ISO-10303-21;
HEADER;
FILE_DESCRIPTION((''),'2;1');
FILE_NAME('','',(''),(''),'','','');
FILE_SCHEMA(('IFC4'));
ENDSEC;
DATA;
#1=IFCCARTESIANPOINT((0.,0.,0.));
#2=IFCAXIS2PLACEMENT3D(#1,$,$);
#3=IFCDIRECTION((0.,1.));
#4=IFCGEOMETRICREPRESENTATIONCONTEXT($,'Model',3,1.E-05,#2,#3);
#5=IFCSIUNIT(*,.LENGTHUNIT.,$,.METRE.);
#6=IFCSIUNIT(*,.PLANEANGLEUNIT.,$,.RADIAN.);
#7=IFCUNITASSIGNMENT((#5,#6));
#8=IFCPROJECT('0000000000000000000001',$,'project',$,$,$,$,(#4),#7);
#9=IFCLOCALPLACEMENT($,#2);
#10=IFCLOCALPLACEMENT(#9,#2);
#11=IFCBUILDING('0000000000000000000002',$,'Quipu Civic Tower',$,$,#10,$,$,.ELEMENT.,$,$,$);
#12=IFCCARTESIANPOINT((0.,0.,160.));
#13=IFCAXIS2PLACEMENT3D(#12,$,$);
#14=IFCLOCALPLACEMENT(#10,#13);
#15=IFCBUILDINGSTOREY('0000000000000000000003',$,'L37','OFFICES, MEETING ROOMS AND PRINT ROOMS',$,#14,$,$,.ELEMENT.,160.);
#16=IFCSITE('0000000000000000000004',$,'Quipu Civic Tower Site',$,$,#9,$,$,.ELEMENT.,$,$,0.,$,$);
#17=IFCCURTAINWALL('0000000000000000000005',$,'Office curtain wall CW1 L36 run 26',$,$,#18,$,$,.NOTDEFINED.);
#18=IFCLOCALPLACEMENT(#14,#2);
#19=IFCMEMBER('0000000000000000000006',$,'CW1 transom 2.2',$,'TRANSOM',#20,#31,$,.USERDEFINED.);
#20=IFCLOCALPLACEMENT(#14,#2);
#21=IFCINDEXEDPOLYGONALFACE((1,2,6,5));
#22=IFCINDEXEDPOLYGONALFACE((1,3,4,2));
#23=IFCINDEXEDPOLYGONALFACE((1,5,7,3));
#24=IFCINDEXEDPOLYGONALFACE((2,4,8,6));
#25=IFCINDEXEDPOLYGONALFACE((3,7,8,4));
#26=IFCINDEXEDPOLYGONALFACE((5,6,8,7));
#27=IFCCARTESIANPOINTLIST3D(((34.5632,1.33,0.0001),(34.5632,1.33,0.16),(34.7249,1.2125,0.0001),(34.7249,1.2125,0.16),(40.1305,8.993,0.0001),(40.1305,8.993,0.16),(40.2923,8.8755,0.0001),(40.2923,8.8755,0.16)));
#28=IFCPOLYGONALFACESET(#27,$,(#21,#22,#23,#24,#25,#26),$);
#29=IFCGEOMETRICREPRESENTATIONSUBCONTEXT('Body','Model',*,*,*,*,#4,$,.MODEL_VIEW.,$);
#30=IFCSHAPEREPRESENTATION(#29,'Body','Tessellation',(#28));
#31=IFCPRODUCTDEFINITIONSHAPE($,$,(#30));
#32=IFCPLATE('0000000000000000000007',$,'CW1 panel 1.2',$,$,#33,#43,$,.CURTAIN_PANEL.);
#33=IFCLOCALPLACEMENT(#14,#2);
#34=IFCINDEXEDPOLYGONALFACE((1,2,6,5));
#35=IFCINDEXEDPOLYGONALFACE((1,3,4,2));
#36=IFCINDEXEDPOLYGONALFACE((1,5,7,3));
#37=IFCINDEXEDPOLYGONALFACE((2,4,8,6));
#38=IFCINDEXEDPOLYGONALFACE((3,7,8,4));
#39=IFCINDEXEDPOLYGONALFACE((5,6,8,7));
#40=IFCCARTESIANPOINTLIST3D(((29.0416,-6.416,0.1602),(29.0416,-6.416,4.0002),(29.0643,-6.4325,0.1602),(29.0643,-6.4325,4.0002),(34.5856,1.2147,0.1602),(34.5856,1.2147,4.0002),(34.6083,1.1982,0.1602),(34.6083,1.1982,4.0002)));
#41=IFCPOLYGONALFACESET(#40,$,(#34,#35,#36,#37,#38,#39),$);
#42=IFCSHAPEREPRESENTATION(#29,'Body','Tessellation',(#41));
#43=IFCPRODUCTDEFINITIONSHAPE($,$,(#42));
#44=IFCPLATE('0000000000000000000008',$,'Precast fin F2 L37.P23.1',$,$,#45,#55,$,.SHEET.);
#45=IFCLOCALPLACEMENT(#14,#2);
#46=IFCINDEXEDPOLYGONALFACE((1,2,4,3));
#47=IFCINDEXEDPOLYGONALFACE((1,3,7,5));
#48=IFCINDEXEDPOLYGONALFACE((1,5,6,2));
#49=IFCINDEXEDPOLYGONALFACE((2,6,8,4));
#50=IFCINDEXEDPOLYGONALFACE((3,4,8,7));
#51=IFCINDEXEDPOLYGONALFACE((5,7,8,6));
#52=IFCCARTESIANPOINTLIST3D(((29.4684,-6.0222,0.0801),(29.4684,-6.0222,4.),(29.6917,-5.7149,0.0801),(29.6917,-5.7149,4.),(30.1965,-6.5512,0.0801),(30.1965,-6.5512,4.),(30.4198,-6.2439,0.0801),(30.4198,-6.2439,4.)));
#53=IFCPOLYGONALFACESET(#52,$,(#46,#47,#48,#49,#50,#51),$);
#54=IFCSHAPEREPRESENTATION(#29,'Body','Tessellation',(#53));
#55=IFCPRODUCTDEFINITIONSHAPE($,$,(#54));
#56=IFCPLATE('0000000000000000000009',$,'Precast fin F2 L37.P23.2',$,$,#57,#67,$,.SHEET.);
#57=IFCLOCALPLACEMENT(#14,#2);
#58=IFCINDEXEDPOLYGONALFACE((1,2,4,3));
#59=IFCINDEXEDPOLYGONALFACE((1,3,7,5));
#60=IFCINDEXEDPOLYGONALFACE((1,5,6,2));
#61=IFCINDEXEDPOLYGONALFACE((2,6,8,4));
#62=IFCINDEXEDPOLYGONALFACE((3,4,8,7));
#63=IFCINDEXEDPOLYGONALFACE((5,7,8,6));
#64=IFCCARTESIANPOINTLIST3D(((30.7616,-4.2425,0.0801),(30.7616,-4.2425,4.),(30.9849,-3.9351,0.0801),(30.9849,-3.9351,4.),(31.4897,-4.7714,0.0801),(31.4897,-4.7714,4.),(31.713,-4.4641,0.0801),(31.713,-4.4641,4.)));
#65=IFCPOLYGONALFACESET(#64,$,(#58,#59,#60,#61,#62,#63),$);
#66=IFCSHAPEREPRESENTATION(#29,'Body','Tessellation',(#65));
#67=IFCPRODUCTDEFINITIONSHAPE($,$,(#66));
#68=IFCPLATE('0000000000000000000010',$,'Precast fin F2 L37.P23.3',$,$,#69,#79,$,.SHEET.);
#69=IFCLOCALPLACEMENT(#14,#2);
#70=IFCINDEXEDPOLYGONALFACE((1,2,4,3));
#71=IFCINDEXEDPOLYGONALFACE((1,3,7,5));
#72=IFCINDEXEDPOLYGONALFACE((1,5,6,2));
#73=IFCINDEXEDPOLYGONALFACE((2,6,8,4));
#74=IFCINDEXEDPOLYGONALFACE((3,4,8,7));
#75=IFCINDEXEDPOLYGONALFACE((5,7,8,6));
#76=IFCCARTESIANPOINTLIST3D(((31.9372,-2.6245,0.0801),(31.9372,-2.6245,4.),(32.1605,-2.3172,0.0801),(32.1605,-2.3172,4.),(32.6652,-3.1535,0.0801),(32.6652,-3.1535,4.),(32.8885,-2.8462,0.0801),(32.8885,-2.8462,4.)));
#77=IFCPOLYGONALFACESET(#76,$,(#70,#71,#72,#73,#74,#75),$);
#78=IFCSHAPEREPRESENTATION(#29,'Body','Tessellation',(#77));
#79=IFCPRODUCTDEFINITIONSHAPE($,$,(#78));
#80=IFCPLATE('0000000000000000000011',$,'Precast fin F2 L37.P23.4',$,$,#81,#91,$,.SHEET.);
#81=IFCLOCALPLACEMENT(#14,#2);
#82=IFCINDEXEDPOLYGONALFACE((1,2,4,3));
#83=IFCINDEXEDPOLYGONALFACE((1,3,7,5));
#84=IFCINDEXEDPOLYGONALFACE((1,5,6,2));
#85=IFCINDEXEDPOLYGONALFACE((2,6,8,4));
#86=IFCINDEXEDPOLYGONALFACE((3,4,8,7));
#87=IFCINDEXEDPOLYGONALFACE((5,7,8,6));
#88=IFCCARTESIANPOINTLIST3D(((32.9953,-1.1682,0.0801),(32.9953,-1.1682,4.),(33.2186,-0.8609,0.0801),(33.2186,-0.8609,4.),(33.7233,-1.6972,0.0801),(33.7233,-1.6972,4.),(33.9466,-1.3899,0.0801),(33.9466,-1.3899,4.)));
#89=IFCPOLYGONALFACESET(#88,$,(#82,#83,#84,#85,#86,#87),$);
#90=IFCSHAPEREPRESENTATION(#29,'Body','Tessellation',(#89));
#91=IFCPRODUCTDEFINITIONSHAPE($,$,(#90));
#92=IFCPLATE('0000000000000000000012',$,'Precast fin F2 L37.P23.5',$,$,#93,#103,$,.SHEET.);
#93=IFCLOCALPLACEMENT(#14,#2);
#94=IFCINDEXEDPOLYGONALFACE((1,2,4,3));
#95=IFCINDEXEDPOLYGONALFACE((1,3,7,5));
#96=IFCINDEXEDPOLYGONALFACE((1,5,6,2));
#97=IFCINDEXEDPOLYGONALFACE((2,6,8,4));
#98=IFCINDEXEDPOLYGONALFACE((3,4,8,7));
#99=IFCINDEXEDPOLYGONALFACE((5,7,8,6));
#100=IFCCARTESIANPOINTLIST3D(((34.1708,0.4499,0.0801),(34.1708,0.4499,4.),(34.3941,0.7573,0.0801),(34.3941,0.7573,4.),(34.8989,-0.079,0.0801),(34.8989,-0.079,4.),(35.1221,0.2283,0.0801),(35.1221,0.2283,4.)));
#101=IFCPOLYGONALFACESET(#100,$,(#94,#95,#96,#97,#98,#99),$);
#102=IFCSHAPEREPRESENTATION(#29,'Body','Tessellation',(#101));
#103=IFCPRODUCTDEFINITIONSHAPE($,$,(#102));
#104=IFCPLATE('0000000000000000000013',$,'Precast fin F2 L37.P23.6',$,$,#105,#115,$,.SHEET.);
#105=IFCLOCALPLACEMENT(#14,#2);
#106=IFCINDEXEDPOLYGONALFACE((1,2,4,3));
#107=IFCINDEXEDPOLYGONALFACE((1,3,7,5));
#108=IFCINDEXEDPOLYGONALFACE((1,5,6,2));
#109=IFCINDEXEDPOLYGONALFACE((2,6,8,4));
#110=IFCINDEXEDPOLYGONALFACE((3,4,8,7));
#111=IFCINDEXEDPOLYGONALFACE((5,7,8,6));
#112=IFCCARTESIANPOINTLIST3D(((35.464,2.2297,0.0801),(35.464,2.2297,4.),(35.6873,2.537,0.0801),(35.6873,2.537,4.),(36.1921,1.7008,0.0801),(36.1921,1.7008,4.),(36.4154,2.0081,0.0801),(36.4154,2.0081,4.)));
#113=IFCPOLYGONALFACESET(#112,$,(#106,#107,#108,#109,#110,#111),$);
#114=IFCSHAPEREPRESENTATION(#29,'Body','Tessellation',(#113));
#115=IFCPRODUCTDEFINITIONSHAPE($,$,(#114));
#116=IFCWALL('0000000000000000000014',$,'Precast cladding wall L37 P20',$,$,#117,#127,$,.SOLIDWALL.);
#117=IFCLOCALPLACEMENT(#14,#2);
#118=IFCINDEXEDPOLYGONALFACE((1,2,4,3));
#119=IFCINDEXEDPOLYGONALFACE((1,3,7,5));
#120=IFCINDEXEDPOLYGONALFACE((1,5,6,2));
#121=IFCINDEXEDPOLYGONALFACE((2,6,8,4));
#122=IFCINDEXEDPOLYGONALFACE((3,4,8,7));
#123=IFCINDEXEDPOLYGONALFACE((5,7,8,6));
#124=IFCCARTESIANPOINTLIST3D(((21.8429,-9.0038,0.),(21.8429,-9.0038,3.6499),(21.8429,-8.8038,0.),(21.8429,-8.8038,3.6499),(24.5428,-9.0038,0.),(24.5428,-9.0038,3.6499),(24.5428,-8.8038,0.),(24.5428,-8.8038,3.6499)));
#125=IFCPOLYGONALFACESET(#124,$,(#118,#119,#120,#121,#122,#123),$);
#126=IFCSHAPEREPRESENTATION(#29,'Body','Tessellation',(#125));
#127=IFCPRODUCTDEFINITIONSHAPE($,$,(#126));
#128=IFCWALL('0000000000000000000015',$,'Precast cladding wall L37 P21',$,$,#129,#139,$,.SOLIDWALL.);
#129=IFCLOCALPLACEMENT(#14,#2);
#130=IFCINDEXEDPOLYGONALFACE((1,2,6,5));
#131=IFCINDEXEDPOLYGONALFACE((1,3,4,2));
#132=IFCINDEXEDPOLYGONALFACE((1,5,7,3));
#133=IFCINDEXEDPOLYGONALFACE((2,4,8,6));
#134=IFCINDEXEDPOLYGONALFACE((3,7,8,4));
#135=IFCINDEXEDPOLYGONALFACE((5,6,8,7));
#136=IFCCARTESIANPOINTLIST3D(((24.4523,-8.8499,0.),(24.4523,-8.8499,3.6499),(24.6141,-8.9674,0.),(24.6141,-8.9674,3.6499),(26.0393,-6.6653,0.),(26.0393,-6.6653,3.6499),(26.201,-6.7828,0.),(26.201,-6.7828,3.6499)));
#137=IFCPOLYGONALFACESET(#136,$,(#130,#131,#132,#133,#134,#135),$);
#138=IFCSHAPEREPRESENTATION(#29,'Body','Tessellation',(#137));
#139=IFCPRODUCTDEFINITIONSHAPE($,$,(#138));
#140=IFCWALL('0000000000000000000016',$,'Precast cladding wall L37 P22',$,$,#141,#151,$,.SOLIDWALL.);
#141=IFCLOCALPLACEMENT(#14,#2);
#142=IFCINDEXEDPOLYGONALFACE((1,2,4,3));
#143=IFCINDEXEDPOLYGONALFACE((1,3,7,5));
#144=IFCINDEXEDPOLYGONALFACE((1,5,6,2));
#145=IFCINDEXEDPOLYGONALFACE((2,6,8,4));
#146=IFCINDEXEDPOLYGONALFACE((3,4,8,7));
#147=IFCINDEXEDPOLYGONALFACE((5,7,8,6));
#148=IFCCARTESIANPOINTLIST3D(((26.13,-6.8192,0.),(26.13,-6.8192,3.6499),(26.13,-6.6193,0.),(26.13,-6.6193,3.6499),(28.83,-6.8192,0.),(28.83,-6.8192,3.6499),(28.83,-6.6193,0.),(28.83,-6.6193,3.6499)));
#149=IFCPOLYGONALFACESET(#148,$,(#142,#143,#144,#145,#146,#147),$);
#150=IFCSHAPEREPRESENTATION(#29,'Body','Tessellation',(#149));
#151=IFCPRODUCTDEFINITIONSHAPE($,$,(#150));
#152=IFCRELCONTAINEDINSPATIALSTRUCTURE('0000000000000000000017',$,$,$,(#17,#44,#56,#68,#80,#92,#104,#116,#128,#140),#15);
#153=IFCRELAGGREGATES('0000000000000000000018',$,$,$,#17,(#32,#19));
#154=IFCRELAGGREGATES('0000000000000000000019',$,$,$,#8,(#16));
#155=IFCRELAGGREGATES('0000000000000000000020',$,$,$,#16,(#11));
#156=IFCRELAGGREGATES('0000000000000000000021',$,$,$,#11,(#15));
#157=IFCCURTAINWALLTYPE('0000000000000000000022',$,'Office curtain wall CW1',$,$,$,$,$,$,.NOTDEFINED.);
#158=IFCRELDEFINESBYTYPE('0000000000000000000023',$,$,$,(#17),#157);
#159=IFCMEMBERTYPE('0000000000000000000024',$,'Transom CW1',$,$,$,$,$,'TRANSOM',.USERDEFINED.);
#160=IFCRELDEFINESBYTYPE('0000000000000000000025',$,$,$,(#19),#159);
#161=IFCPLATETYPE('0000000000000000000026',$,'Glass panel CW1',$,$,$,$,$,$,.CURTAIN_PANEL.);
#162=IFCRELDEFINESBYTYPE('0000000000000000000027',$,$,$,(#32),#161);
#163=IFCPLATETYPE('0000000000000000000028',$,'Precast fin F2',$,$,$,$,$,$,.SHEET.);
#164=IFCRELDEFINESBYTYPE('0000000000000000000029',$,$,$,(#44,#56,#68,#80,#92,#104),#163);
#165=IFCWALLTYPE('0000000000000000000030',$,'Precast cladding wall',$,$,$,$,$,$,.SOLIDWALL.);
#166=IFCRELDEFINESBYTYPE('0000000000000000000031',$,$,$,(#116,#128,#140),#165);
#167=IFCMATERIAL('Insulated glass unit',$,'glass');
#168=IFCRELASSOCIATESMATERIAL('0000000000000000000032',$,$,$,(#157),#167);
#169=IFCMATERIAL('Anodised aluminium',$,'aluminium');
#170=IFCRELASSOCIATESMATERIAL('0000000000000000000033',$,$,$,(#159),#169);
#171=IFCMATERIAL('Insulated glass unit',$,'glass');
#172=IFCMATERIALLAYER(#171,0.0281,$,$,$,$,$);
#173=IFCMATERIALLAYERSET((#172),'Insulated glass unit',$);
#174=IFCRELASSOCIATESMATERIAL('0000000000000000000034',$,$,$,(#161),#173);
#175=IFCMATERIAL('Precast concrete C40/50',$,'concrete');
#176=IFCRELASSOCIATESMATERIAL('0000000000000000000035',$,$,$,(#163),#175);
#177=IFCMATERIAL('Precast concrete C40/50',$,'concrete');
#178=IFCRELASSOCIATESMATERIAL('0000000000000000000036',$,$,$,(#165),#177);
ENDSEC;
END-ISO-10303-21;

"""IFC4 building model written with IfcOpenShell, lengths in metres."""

from ifc_helpers import new_model, si_unit, direction, frame, frame_2d, origin, origin_2d, place, context, subcontext, project, spatial, rectangle, extrude, material, layer, layer_set, material_profile, profile_set, type_object, element, aggregate, save


model = new_model("IFC4")

# Units and contexts
model_context = context("Model", 3, precision=1e-05, world=origin(), true_north=direction((0.0, 1.0)))
body_context = subcontext(model_context, "Body", "Model", "MODEL_VIEW")
ifc_project = project(units=[si_unit("LENGTHUNIT", "METRE"), si_unit("PLANEANGLEUNIT", "RADIAN")], contexts=[model_context])

# Site, building, storey
site_placement = place(None, origin())
site = spatial("IfcSite", under=ifc_project, at=site_placement, Name="Quipu Civic Tower Site", CompositionType="ELEMENT", RefElevation=0.0)
building_placement = place(site_placement, origin())
building = spatial("IfcBuilding", under=site, at=building_placement, Name="Quipu Civic Tower", CompositionType="ELEMENT")
storey_placement = place(building_placement, frame((0.0, 0.0, 160.0)))
storey = spatial("IfcBuildingStorey", under=building, at=storey_placement, Name="L37", Description="OFFICES, MEETING ROOMS AND PRINT ROOMS", CompositionType="ELEMENT", Elevation=160.0)

# Curtain wall
ifc_material_1 = material(Name="Insulated glass unit", Category="glass")
curtain_wall_type = type_object("IfcCurtainWallType", Name="Office curtain wall CW1", PredefinedType="NOTDEFINED", material=ifc_material_1)
curtain_wall_placement = place(storey_placement, origin())
curtain_wall = element("IfcCurtainWall", 1, at=curtain_wall_placement, inside=storey, type_object=curtain_wall_type, Name="Office curtain wall CW1 L36 run 26", PredefinedType="NOTDEFINED")

# Member
ifc_material_2 = material(Name="Anodised aluminium", Category="aluminium")
ifc_material_profile_1 = material_profile(ifc_material_2, rectangle(XDim=0.2, YDim=0.1599, at=origin_2d()), Name="RECT 200x160")
ifc_profile_set_1 = profile_set([ifc_material_profile_1], Name="Anodised aluminium")
member_type_1 = type_object("IfcMemberType", Name="Transom CW1", ElementType="TRANSOM", PredefinedType="USERDEFINED", material=ifc_profile_set_1)
member_1_placement = place(storey_placement, frame((34.644, 1.2712, 0.0801), z_axis=(0.587773, 0.809026, 0.0), x_axis=(-0.809026, 0.587773, 0.0)))
member_1 = element("IfcMember", 2, at=member_1_placement, type_object=member_type_1, Name="CW1 transom 2.2", ObjectType="TRANSOM", PredefinedType="USERDEFINED", context=body_context, shape_type="SweptSolid", body=[
    extrude(rectangle(XDim=0.2, YDim=0.1599, at=origin_2d()), origin(), (0.0, 0.0, 1.0), 9.4719),
])

# Plate
ifc_material_3 = material(Name="Insulated glass unit", Category="glass")
ifc_layer = layer(ifc_material_3, 0.0281)
ifc_layer_set = layer_set([ifc_layer], Name="Insulated glass unit")
plate_type_1 = type_object("IfcPlateType", Name="Glass panel CW1", PredefinedType="CURTAIN_PANEL", material=ifc_layer_set)
plate_placement = place(storey_placement, frame((31.825, -2.6089, 0.1602), z_axis=(0.0, 0.0, 1.0), x_axis=(0.587786, 0.809017, 0.0)))
plate = element("IfcPlate", 3, at=plate_placement, type_object=plate_type_1, Name="CW1 panel 1.2", PredefinedType="CURTAIN_PANEL", context=body_context, shape_type="SweptSolid", body=[
    extrude(rectangle(XDim=9.4321, YDim=0.0281, at=origin_2d()), origin(), (0.0, 0.0, 1.0), 3.8401),
])
aggregate(curtain_wall, [plate, member_1])

# Plates
ifc_material_4 = material(Name="Precast concrete C40/50", Category="concrete")
plate_type_2 = type_object("IfcPlateType", Name="Precast fin F2", PredefinedType="SHEET", material=ifc_material_4)
for number, where, z_axis, x_axis, name in (
    (4, (29.9441, -6.1331, 0.0801), (0.0, 0.0, 1.0), (0.587786, 0.809017, 0.0), "Precast fin F2 L37.P23.1"),
    (5, (31.2373, -4.3533, 0.0801), (0.0, 0.0, 1.0), (0.587786, 0.809017, 0.0), "Precast fin F2 L37.P23.2"),
    (6, (32.4128, -2.7354, 0.0801), (0.0, 0.0, 1.0), (0.587786, 0.809017, 0.0), "Precast fin F2 L37.P23.3"),
    (7, (33.4709, -1.2791, 0.0801), (0.0, 0.0, 1.0), (0.587786, 0.809017, 0.0), "Precast fin F2 L37.P23.4"),
    (8, (34.6465, 0.3391, 0.0801), (0.0, 0.0, 1.0), (0.587786, 0.809017, 0.0), "Precast fin F2 L37.P23.5"),
    (9, (35.9397, 2.1189, 0.0801), (0.0, 0.0, 1.0), (0.587786, 0.809017, 0.0), "Precast fin F2 L37.P23.6"),
):
    element("IfcPlate", number, at=place(storey_placement, frame(where, z_axis=z_axis, x_axis=x_axis)), inside=storey, type_object=plate_type_2, Name=name, PredefinedType="SHEET", context=body_context, shape_type="SweptSolid", body=[
        extrude(rectangle(XDim=0.3799, YDim=0.8999, at=origin_2d()), origin(), (0.0, 0.0, 1.0), 3.9199),
    ])

# Walls
ifc_material_5 = material(Name="Precast concrete C40/50", Category="concrete")
wall_type = type_object("IfcWallType", Name="Precast cladding wall", PredefinedType="SOLIDWALL", material=ifc_material_5)
wall_1_placement = place(storey_placement, frame((21.8428, -8.9038, 0.0), z_axis=(0.0, 0.0, 1.0), x_axis=(1.0, 0.0, 0.0)))
element("IfcWall", 10, at=wall_1_placement, inside=storey, type_object=wall_type, Name="Precast cladding wall L37 P20", PredefinedType="SOLIDWALL", context=body_context, shape_type="SweptSolid", body=[
    extrude(rectangle(XDim=2.7, YDim=0.2, at=frame_2d((1.3501, 0.0))), origin(), (0.0, 0.0, 1.0), 3.6499),
])
wall_2_placement = place(storey_placement, frame((24.5332, -8.9087, 0.0), z_axis=(0.0, 0.0, 1.0), x_axis=(0.58772, 0.809064, 0.0)))
element("IfcWall", 11, at=wall_2_placement, inside=storey, type_object=wall_type, Name="Precast cladding wall L37 P21", PredefinedType="SOLIDWALL", context=body_context, shape_type="SweptSolid", body=[
    extrude(rectangle(XDim=2.7002, YDim=0.2, at=frame_2d((1.3501, 0.0))), origin(), (0.0, 0.0, 1.0), 3.6499),
])
wall_3_placement = place(storey_placement, frame((26.1299, -6.7192, 0.0), z_axis=(0.0, 0.0, 1.0), x_axis=(1.0, 0.0, 0.0)))
element("IfcWall", 12, at=wall_3_placement, inside=storey, type_object=wall_type, Name="Precast cladding wall L37 P22", PredefinedType="SOLIDWALL", context=body_context, shape_type="SweptSolid", body=[
    extrude(rectangle(XDim=2.7, YDim=0.2, at=frame_2d((1.3501, 0.0))), origin(), (0.0, 0.0, 1.0), 3.6499),
])

save(model, "model.ifc")
